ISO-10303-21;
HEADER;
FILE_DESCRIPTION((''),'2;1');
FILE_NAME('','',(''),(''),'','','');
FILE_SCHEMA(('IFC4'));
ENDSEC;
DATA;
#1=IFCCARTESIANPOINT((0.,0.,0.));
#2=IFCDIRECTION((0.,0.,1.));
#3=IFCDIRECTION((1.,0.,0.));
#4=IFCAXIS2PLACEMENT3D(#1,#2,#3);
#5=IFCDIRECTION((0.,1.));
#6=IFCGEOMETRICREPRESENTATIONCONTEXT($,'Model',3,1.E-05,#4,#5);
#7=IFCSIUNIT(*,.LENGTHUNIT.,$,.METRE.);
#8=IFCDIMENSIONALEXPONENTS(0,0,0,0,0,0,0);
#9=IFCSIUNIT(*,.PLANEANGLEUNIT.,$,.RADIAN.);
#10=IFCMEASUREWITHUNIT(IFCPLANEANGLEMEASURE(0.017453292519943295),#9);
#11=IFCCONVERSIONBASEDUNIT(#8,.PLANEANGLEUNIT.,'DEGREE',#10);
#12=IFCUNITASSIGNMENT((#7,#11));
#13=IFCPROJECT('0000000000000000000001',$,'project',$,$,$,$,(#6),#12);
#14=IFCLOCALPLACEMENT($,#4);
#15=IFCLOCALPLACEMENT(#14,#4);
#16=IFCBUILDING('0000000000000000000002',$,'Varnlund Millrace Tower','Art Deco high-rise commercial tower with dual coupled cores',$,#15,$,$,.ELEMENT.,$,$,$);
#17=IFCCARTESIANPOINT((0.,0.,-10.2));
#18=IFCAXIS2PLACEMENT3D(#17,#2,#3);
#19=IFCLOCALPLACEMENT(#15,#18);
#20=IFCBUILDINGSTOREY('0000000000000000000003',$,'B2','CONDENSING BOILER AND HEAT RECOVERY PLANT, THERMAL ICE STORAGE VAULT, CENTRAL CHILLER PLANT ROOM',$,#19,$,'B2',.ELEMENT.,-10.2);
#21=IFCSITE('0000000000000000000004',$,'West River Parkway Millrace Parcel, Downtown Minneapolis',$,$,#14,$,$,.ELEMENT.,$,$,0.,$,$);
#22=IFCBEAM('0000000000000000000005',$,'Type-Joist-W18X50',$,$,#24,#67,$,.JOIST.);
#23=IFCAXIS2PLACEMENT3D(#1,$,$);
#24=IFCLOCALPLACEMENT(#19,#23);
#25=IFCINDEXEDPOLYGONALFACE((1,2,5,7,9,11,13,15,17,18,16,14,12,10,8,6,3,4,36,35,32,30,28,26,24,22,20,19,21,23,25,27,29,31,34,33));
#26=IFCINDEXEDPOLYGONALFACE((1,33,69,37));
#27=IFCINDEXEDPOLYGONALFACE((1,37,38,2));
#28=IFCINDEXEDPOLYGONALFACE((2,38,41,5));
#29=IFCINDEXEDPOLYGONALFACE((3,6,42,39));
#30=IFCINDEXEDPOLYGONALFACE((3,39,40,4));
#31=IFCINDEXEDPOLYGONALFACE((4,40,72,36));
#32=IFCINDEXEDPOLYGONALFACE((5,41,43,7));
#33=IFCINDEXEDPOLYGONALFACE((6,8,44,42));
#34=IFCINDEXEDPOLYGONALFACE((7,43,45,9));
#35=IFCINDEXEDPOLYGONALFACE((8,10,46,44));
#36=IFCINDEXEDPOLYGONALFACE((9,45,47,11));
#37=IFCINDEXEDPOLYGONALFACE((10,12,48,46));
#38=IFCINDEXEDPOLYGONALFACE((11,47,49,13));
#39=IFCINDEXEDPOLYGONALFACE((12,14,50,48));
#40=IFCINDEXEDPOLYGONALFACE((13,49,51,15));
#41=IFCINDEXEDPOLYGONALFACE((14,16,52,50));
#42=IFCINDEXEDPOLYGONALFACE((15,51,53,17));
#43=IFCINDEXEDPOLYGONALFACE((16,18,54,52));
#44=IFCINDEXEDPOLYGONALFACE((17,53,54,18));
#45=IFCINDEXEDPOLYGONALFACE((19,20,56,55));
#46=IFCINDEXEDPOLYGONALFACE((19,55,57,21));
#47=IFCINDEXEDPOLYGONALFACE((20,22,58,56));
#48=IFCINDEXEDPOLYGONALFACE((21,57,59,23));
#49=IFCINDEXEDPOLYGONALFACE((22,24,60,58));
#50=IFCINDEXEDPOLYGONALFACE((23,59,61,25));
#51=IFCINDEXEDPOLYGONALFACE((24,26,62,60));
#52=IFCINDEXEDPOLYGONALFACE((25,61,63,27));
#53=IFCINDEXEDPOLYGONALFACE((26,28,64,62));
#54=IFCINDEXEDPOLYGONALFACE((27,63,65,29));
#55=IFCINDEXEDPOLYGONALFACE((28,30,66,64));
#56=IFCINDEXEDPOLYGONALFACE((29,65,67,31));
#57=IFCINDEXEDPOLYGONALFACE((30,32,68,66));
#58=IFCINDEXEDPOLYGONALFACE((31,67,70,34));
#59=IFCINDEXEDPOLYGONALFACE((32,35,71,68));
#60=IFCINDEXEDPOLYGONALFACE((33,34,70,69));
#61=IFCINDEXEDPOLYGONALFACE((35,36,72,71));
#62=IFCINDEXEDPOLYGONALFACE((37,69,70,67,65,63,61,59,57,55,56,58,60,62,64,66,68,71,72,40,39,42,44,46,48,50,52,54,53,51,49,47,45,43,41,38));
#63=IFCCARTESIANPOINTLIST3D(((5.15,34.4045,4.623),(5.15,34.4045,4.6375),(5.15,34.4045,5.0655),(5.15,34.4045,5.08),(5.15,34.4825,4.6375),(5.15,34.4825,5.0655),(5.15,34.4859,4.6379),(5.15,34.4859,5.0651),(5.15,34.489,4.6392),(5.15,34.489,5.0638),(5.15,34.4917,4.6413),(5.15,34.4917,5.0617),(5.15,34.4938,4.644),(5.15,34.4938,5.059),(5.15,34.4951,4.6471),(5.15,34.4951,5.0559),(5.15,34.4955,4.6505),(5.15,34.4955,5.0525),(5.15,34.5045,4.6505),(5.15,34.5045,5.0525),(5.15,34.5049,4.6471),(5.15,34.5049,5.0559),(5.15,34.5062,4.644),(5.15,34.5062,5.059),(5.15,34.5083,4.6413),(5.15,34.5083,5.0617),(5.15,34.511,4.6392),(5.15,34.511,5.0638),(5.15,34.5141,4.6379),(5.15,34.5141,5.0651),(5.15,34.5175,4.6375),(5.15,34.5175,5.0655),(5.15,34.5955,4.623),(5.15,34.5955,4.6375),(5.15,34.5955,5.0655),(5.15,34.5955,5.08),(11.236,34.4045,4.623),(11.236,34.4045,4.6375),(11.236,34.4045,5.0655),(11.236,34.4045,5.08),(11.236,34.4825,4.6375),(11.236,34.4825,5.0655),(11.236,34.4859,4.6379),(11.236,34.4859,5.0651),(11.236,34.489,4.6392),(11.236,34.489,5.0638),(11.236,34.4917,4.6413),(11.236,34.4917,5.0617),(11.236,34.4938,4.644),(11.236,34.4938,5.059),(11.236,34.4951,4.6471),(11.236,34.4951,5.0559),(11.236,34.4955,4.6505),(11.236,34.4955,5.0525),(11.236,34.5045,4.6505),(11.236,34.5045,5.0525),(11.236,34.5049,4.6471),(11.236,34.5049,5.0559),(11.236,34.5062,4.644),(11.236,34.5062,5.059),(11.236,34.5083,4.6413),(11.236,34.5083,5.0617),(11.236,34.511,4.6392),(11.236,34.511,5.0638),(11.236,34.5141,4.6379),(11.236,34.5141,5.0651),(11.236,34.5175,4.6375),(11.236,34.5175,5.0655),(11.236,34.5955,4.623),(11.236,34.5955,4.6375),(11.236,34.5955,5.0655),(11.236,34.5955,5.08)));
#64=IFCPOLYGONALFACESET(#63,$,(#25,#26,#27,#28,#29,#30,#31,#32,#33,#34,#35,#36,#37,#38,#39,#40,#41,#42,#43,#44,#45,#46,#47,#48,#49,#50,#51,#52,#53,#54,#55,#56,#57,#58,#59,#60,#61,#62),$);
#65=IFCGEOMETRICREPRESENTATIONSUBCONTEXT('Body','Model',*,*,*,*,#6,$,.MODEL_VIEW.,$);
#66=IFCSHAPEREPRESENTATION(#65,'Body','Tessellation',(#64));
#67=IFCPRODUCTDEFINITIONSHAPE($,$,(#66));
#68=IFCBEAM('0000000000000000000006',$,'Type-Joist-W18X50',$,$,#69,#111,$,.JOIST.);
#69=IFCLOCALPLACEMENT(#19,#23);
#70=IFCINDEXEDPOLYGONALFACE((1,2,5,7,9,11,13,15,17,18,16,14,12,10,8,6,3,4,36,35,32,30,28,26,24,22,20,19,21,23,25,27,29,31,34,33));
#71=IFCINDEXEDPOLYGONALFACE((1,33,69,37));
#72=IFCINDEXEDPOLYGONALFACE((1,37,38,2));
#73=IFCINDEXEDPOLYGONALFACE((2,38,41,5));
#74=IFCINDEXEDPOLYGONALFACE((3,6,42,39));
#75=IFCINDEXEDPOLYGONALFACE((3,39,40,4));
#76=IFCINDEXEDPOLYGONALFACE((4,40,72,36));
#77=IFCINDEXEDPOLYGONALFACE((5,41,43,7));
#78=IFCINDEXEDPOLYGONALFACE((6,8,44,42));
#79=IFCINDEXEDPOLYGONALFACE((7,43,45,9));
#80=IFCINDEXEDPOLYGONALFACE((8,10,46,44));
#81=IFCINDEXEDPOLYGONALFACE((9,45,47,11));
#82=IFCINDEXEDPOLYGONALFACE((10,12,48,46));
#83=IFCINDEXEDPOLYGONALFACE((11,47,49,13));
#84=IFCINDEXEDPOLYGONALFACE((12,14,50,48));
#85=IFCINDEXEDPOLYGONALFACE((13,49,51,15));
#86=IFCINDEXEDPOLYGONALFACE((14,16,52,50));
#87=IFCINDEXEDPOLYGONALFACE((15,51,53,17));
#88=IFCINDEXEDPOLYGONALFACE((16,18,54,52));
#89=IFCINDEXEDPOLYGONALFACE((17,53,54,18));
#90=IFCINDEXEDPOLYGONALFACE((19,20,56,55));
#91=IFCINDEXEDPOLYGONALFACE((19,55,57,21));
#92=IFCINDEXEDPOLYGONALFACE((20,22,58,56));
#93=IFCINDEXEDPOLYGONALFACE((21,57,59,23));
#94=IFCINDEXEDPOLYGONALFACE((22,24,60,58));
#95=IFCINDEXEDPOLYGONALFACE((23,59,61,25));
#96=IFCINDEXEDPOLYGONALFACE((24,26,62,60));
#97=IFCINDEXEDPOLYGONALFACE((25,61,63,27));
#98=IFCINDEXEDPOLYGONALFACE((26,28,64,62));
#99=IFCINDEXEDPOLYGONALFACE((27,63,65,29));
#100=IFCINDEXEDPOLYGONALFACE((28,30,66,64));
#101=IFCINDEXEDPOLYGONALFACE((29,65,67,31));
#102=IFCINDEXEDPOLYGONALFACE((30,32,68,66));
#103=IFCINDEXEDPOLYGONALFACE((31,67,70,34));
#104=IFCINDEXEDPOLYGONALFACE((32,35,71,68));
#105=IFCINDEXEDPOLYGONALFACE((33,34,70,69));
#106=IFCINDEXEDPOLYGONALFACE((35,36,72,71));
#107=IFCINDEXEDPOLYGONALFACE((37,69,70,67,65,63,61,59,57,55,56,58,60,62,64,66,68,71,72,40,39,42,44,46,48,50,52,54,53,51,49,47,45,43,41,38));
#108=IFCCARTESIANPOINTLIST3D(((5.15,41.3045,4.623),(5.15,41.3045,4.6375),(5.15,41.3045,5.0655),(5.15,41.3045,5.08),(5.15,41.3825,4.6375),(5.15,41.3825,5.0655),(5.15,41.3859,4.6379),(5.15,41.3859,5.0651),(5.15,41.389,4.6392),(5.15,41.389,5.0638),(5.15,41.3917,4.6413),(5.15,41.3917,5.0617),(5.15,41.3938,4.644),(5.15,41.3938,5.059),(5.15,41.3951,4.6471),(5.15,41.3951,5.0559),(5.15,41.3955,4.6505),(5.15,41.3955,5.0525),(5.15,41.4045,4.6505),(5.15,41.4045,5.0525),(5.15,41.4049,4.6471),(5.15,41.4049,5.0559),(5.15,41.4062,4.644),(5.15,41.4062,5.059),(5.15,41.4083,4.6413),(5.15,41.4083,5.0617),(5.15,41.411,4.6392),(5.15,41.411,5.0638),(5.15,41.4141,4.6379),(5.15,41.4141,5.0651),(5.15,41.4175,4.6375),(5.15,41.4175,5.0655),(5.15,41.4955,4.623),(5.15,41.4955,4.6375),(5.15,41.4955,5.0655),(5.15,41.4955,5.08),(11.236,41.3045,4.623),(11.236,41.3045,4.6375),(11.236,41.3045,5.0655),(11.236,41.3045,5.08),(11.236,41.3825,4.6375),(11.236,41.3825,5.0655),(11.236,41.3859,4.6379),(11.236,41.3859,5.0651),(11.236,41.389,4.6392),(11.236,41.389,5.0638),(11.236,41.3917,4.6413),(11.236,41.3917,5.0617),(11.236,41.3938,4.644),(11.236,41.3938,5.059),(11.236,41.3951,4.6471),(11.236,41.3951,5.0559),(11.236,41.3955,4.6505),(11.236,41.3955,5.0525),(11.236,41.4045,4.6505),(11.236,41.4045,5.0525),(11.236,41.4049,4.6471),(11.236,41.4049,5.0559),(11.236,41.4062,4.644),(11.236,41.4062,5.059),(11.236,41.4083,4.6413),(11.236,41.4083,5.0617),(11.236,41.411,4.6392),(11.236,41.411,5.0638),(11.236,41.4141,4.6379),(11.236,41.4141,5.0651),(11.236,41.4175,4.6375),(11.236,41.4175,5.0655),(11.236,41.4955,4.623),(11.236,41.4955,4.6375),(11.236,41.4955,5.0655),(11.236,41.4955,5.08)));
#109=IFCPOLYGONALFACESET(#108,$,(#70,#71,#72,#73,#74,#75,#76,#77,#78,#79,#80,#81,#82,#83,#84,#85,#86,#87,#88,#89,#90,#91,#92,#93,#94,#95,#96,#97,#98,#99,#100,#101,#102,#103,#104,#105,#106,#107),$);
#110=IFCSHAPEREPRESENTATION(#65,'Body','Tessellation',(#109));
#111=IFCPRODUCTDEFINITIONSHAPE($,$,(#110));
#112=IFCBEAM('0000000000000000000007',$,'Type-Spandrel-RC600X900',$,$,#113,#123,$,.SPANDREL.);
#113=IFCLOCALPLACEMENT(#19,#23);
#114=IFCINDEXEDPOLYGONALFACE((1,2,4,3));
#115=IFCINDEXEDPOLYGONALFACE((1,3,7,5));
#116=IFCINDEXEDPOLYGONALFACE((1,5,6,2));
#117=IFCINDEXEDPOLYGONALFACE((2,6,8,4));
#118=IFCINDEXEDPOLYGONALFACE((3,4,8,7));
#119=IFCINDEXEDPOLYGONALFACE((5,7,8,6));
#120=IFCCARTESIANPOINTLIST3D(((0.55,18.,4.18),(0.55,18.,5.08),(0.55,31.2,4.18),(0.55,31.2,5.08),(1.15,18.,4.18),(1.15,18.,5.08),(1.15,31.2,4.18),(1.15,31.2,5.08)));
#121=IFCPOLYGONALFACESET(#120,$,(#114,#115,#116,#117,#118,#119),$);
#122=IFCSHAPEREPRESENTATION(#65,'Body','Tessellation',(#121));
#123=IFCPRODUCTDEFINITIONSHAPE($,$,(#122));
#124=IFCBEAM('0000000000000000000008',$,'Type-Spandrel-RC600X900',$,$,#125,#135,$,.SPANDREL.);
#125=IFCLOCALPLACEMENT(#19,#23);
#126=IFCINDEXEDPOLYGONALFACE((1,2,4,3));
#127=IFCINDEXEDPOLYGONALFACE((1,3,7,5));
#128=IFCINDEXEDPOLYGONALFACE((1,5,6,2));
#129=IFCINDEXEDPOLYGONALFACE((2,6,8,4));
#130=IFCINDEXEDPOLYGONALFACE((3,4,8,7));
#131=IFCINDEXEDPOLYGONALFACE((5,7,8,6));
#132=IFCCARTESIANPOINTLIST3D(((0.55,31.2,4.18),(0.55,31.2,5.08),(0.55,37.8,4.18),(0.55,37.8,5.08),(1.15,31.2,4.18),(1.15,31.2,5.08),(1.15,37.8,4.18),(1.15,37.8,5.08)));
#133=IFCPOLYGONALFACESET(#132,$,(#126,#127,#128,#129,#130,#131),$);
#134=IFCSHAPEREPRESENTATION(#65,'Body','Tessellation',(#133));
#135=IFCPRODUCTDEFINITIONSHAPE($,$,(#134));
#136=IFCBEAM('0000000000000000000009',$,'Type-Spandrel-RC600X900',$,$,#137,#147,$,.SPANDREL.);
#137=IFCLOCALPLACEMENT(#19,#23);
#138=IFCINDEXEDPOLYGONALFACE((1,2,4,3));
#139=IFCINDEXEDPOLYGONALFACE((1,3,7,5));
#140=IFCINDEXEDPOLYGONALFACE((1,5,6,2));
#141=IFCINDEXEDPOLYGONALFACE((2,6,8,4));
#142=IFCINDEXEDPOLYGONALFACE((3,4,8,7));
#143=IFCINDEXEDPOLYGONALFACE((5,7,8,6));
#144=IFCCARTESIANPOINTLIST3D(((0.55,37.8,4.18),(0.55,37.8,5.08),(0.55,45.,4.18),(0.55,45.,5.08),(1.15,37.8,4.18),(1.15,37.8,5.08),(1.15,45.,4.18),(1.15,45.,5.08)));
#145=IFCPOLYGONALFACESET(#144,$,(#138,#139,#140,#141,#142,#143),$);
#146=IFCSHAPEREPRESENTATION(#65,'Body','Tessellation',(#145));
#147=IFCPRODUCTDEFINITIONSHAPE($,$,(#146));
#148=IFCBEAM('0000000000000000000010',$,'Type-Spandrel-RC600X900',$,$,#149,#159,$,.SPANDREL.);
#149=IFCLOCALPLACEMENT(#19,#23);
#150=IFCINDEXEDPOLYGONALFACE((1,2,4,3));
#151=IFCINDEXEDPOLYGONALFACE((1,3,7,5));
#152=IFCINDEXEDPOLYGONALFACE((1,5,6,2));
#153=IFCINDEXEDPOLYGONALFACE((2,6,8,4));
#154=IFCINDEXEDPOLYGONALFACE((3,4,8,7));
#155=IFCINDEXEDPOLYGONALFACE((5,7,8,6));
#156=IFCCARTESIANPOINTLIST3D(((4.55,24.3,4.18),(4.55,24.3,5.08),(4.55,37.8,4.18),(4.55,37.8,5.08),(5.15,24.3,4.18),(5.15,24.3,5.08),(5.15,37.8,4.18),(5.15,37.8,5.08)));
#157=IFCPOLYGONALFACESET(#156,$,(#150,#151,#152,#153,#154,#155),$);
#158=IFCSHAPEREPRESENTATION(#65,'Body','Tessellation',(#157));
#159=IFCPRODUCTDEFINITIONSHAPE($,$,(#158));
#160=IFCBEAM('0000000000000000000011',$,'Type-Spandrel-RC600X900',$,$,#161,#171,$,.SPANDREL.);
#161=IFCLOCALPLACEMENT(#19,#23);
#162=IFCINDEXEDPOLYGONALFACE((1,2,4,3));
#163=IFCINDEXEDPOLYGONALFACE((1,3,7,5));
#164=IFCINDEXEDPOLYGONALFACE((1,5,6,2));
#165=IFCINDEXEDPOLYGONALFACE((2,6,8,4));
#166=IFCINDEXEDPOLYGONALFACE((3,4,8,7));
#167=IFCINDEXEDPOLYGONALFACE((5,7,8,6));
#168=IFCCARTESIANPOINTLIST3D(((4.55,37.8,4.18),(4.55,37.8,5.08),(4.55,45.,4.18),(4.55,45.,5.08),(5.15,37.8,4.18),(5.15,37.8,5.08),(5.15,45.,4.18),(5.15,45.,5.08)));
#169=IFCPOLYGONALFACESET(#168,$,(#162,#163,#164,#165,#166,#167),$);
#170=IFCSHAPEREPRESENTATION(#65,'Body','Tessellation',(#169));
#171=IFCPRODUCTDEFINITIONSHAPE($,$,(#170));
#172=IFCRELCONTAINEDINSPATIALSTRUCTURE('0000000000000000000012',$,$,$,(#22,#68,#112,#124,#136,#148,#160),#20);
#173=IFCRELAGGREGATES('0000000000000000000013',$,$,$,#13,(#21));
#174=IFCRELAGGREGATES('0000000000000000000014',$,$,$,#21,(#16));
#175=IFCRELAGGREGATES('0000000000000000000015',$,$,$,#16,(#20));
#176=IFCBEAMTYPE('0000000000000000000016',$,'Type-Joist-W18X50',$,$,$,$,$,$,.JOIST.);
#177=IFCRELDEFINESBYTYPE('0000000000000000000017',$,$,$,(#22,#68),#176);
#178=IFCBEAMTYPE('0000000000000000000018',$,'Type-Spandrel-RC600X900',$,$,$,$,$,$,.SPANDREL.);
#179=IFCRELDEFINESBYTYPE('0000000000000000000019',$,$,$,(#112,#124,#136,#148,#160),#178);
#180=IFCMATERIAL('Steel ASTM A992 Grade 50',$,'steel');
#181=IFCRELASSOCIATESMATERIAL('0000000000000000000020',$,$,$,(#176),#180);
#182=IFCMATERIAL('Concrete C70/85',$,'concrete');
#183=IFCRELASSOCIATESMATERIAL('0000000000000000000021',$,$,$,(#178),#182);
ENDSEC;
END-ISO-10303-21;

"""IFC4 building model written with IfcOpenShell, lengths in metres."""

from ifc_helpers import new_model, entity, si_unit, converted_unit, direction, frame, origin_with_axes, origin_2d_with_axis, place, context, subcontext, project, spatial, rectangle, i_section, extrude, material, material_profile, profile_set, type_object, element, save


model = new_model("IFC4")

# Units and contexts
model_context = context("Model", 3, precision=1e-05, world=origin_with_axes(), true_north=direction((0.0, 1.0)))
body_context = subcontext(model_context, "Body", "Model", "MODEL_VIEW")
ifc_project = project(units=[si_unit("LENGTHUNIT", "METRE"), converted_unit("PLANEANGLEUNIT", "DEGREE", entity("IfcPlaneAngleMeasure", 0.017453292519943295), si_unit("PLANEANGLEUNIT", "RADIAN"), dimensions=[0, 0, 0, 0, 0, 0, 0])], contexts=[model_context])

# Site, building, storey
site_placement = place(None, origin_with_axes())
site = spatial("IfcSite", under=ifc_project, at=site_placement, Name="West River Parkway Millrace Parcel, Downtown Minneapolis", CompositionType="ELEMENT", RefElevation=0.0)
building_placement = place(site_placement, origin_with_axes())
building = spatial("IfcBuilding", under=site, at=building_placement, Name="Varnlund Millrace Tower", Description="Art Deco high-rise commercial tower with dual coupled cores", CompositionType="ELEMENT")
storey_placement = place(building_placement, frame((0.0, 0.0, -10.2), z_axis=(0.0, 0.0, 1.0), x_axis=(1.0, 0.0, 0.0)))
storey = spatial("IfcBuildingStorey", under=building, at=storey_placement, Name="B2", Description="CONDENSING BOILER AND HEAT RECOVERY PLANT, THERMAL ICE STORAGE VAULT, CENTRAL CHILLER PLANT ROOM", LongName="B2", CompositionType="ELEMENT", Elevation=-10.2)

# Beams
ifc_material_1 = material(Name="Steel ASTM A992 Grade 50", Category="steel")
ifc_material_profile_1 = material_profile(ifc_material_1, i_section(OverallWidth=0.191, OverallDepth=0.457, WebThickness=0.009, FlangeThickness=0.0145, FilletRadius=0.013, at=origin_2d_with_axis()), Name="Steel ASTM A992 Grade 50")
ifc_profile_set_1 = profile_set([ifc_material_profile_1], Name="Steel ASTM A992 Grade 50")
beam_type_1 = type_object("IfcBeamType", Name="Type-Joist-W18X50", PredefinedType="JOIST", material=ifc_profile_set_1)
for number, where, z_axis, x_axis, name in (
    (1, (5.15, 34.5, 4.8515), (1.0, 0.0, 0.0), (0.0, 1.0, 0.0), "Type-Joist-W18X50"),
    (2, (5.15, 41.4, 4.8515), (1.0, 0.0, 0.0), (0.0, 1.0, 0.0), "Type-Joist-W18X50"),
):
    element("IfcBeam", number, at=place(storey_placement, frame(where, z_axis=z_axis, x_axis=x_axis)), inside=storey, type_object=beam_type_1, Name=name, PredefinedType="JOIST", context=body_context, shape_type="SweptSolid", body=[
        extrude(i_section(OverallWidth=0.191, OverallDepth=0.457, WebThickness=0.009, FlangeThickness=0.0145, FilletRadius=0.013, at=origin_2d_with_axis()), origin_with_axes(), (0.0, 0.0, 1.0), 6.086),
    ])
ifc_material_2 = material(Name="Concrete C70/85", Category="concrete")
ifc_material_profile_2 = material_profile(ifc_material_2, rectangle(XDim=0.6, YDim=0.9, at=origin_2d_with_axis()), Name="Concrete C70/85")
ifc_profile_set_2 = profile_set([ifc_material_profile_2], Name="Concrete C70/85")
beam_type_2 = type_object("IfcBeamType", Name="Type-Spandrel-RC600X900", PredefinedType="SPANDREL", material=ifc_profile_set_2)
beam_1_placement = place(storey_placement, frame((0.85, 18.0, 4.63), z_axis=(0.0, 1.0, 0.0), x_axis=(-1.0, 0.0, 0.0)))
element("IfcBeam", 3, at=beam_1_placement, inside=storey, type_object=beam_type_2, Name="Type-Spandrel-RC600X900", PredefinedType="SPANDREL", context=body_context, shape_type="SweptSolid", body=[
    extrude(rectangle(XDim=0.6, YDim=0.9, at=origin_2d_with_axis()), origin_with_axes(), (0.0, 0.0, 1.0), 13.2),
])
beam_2_placement = place(storey_placement, frame((0.85, 31.2, 4.63), z_axis=(0.0, 1.0, 0.0), x_axis=(-1.0, 0.0, 0.0)))
element("IfcBeam", 4, at=beam_2_placement, inside=storey, type_object=beam_type_2, Name="Type-Spandrel-RC600X900", PredefinedType="SPANDREL", context=body_context, shape_type="SweptSolid", body=[
    extrude(rectangle(XDim=0.6, YDim=0.9, at=origin_2d_with_axis()), origin_with_axes(), (0.0, 0.0, 1.0), 6.6),
])
beam_3_placement = place(storey_placement, frame((0.85, 37.8, 4.63), z_axis=(0.0, 1.0, 0.0), x_axis=(-1.0, 0.0, 0.0)))
element("IfcBeam", 5, at=beam_3_placement, inside=storey, type_object=beam_type_2, Name="Type-Spandrel-RC600X900", PredefinedType="SPANDREL", context=body_context, shape_type="SweptSolid", body=[
    extrude(rectangle(XDim=0.6, YDim=0.9, at=origin_2d_with_axis()), origin_with_axes(), (0.0, 0.0, 1.0), 7.2),
])
beam_4_placement = place(storey_placement, frame((4.85, 24.3, 4.63), z_axis=(0.0, 1.0, 0.0), x_axis=(-1.0, 0.0, 0.0)))
element("IfcBeam", 6, at=beam_4_placement, inside=storey, type_object=beam_type_2, Name="Type-Spandrel-RC600X900", PredefinedType="SPANDREL", context=body_context, shape_type="SweptSolid", body=[
    extrude(rectangle(XDim=0.6, YDim=0.9, at=origin_2d_with_axis()), origin_with_axes(), (0.0, 0.0, 1.0), 13.5),
])
beam_5_placement = place(storey_placement, frame((4.85, 37.8, 4.63), z_axis=(0.0, 1.0, 0.0), x_axis=(-1.0, 0.0, 0.0)))
element("IfcBeam", 7, at=beam_5_placement, inside=storey, type_object=beam_type_2, Name="Type-Spandrel-RC600X900", PredefinedType="SPANDREL", context=body_context, shape_type="SweptSolid", body=[
    extrude(rectangle(XDim=0.6, YDim=0.9, at=origin_2d_with_axis()), origin_with_axes(), (0.0, 0.0, 1.0), 7.2),
])

save(model, "model.ifc")
